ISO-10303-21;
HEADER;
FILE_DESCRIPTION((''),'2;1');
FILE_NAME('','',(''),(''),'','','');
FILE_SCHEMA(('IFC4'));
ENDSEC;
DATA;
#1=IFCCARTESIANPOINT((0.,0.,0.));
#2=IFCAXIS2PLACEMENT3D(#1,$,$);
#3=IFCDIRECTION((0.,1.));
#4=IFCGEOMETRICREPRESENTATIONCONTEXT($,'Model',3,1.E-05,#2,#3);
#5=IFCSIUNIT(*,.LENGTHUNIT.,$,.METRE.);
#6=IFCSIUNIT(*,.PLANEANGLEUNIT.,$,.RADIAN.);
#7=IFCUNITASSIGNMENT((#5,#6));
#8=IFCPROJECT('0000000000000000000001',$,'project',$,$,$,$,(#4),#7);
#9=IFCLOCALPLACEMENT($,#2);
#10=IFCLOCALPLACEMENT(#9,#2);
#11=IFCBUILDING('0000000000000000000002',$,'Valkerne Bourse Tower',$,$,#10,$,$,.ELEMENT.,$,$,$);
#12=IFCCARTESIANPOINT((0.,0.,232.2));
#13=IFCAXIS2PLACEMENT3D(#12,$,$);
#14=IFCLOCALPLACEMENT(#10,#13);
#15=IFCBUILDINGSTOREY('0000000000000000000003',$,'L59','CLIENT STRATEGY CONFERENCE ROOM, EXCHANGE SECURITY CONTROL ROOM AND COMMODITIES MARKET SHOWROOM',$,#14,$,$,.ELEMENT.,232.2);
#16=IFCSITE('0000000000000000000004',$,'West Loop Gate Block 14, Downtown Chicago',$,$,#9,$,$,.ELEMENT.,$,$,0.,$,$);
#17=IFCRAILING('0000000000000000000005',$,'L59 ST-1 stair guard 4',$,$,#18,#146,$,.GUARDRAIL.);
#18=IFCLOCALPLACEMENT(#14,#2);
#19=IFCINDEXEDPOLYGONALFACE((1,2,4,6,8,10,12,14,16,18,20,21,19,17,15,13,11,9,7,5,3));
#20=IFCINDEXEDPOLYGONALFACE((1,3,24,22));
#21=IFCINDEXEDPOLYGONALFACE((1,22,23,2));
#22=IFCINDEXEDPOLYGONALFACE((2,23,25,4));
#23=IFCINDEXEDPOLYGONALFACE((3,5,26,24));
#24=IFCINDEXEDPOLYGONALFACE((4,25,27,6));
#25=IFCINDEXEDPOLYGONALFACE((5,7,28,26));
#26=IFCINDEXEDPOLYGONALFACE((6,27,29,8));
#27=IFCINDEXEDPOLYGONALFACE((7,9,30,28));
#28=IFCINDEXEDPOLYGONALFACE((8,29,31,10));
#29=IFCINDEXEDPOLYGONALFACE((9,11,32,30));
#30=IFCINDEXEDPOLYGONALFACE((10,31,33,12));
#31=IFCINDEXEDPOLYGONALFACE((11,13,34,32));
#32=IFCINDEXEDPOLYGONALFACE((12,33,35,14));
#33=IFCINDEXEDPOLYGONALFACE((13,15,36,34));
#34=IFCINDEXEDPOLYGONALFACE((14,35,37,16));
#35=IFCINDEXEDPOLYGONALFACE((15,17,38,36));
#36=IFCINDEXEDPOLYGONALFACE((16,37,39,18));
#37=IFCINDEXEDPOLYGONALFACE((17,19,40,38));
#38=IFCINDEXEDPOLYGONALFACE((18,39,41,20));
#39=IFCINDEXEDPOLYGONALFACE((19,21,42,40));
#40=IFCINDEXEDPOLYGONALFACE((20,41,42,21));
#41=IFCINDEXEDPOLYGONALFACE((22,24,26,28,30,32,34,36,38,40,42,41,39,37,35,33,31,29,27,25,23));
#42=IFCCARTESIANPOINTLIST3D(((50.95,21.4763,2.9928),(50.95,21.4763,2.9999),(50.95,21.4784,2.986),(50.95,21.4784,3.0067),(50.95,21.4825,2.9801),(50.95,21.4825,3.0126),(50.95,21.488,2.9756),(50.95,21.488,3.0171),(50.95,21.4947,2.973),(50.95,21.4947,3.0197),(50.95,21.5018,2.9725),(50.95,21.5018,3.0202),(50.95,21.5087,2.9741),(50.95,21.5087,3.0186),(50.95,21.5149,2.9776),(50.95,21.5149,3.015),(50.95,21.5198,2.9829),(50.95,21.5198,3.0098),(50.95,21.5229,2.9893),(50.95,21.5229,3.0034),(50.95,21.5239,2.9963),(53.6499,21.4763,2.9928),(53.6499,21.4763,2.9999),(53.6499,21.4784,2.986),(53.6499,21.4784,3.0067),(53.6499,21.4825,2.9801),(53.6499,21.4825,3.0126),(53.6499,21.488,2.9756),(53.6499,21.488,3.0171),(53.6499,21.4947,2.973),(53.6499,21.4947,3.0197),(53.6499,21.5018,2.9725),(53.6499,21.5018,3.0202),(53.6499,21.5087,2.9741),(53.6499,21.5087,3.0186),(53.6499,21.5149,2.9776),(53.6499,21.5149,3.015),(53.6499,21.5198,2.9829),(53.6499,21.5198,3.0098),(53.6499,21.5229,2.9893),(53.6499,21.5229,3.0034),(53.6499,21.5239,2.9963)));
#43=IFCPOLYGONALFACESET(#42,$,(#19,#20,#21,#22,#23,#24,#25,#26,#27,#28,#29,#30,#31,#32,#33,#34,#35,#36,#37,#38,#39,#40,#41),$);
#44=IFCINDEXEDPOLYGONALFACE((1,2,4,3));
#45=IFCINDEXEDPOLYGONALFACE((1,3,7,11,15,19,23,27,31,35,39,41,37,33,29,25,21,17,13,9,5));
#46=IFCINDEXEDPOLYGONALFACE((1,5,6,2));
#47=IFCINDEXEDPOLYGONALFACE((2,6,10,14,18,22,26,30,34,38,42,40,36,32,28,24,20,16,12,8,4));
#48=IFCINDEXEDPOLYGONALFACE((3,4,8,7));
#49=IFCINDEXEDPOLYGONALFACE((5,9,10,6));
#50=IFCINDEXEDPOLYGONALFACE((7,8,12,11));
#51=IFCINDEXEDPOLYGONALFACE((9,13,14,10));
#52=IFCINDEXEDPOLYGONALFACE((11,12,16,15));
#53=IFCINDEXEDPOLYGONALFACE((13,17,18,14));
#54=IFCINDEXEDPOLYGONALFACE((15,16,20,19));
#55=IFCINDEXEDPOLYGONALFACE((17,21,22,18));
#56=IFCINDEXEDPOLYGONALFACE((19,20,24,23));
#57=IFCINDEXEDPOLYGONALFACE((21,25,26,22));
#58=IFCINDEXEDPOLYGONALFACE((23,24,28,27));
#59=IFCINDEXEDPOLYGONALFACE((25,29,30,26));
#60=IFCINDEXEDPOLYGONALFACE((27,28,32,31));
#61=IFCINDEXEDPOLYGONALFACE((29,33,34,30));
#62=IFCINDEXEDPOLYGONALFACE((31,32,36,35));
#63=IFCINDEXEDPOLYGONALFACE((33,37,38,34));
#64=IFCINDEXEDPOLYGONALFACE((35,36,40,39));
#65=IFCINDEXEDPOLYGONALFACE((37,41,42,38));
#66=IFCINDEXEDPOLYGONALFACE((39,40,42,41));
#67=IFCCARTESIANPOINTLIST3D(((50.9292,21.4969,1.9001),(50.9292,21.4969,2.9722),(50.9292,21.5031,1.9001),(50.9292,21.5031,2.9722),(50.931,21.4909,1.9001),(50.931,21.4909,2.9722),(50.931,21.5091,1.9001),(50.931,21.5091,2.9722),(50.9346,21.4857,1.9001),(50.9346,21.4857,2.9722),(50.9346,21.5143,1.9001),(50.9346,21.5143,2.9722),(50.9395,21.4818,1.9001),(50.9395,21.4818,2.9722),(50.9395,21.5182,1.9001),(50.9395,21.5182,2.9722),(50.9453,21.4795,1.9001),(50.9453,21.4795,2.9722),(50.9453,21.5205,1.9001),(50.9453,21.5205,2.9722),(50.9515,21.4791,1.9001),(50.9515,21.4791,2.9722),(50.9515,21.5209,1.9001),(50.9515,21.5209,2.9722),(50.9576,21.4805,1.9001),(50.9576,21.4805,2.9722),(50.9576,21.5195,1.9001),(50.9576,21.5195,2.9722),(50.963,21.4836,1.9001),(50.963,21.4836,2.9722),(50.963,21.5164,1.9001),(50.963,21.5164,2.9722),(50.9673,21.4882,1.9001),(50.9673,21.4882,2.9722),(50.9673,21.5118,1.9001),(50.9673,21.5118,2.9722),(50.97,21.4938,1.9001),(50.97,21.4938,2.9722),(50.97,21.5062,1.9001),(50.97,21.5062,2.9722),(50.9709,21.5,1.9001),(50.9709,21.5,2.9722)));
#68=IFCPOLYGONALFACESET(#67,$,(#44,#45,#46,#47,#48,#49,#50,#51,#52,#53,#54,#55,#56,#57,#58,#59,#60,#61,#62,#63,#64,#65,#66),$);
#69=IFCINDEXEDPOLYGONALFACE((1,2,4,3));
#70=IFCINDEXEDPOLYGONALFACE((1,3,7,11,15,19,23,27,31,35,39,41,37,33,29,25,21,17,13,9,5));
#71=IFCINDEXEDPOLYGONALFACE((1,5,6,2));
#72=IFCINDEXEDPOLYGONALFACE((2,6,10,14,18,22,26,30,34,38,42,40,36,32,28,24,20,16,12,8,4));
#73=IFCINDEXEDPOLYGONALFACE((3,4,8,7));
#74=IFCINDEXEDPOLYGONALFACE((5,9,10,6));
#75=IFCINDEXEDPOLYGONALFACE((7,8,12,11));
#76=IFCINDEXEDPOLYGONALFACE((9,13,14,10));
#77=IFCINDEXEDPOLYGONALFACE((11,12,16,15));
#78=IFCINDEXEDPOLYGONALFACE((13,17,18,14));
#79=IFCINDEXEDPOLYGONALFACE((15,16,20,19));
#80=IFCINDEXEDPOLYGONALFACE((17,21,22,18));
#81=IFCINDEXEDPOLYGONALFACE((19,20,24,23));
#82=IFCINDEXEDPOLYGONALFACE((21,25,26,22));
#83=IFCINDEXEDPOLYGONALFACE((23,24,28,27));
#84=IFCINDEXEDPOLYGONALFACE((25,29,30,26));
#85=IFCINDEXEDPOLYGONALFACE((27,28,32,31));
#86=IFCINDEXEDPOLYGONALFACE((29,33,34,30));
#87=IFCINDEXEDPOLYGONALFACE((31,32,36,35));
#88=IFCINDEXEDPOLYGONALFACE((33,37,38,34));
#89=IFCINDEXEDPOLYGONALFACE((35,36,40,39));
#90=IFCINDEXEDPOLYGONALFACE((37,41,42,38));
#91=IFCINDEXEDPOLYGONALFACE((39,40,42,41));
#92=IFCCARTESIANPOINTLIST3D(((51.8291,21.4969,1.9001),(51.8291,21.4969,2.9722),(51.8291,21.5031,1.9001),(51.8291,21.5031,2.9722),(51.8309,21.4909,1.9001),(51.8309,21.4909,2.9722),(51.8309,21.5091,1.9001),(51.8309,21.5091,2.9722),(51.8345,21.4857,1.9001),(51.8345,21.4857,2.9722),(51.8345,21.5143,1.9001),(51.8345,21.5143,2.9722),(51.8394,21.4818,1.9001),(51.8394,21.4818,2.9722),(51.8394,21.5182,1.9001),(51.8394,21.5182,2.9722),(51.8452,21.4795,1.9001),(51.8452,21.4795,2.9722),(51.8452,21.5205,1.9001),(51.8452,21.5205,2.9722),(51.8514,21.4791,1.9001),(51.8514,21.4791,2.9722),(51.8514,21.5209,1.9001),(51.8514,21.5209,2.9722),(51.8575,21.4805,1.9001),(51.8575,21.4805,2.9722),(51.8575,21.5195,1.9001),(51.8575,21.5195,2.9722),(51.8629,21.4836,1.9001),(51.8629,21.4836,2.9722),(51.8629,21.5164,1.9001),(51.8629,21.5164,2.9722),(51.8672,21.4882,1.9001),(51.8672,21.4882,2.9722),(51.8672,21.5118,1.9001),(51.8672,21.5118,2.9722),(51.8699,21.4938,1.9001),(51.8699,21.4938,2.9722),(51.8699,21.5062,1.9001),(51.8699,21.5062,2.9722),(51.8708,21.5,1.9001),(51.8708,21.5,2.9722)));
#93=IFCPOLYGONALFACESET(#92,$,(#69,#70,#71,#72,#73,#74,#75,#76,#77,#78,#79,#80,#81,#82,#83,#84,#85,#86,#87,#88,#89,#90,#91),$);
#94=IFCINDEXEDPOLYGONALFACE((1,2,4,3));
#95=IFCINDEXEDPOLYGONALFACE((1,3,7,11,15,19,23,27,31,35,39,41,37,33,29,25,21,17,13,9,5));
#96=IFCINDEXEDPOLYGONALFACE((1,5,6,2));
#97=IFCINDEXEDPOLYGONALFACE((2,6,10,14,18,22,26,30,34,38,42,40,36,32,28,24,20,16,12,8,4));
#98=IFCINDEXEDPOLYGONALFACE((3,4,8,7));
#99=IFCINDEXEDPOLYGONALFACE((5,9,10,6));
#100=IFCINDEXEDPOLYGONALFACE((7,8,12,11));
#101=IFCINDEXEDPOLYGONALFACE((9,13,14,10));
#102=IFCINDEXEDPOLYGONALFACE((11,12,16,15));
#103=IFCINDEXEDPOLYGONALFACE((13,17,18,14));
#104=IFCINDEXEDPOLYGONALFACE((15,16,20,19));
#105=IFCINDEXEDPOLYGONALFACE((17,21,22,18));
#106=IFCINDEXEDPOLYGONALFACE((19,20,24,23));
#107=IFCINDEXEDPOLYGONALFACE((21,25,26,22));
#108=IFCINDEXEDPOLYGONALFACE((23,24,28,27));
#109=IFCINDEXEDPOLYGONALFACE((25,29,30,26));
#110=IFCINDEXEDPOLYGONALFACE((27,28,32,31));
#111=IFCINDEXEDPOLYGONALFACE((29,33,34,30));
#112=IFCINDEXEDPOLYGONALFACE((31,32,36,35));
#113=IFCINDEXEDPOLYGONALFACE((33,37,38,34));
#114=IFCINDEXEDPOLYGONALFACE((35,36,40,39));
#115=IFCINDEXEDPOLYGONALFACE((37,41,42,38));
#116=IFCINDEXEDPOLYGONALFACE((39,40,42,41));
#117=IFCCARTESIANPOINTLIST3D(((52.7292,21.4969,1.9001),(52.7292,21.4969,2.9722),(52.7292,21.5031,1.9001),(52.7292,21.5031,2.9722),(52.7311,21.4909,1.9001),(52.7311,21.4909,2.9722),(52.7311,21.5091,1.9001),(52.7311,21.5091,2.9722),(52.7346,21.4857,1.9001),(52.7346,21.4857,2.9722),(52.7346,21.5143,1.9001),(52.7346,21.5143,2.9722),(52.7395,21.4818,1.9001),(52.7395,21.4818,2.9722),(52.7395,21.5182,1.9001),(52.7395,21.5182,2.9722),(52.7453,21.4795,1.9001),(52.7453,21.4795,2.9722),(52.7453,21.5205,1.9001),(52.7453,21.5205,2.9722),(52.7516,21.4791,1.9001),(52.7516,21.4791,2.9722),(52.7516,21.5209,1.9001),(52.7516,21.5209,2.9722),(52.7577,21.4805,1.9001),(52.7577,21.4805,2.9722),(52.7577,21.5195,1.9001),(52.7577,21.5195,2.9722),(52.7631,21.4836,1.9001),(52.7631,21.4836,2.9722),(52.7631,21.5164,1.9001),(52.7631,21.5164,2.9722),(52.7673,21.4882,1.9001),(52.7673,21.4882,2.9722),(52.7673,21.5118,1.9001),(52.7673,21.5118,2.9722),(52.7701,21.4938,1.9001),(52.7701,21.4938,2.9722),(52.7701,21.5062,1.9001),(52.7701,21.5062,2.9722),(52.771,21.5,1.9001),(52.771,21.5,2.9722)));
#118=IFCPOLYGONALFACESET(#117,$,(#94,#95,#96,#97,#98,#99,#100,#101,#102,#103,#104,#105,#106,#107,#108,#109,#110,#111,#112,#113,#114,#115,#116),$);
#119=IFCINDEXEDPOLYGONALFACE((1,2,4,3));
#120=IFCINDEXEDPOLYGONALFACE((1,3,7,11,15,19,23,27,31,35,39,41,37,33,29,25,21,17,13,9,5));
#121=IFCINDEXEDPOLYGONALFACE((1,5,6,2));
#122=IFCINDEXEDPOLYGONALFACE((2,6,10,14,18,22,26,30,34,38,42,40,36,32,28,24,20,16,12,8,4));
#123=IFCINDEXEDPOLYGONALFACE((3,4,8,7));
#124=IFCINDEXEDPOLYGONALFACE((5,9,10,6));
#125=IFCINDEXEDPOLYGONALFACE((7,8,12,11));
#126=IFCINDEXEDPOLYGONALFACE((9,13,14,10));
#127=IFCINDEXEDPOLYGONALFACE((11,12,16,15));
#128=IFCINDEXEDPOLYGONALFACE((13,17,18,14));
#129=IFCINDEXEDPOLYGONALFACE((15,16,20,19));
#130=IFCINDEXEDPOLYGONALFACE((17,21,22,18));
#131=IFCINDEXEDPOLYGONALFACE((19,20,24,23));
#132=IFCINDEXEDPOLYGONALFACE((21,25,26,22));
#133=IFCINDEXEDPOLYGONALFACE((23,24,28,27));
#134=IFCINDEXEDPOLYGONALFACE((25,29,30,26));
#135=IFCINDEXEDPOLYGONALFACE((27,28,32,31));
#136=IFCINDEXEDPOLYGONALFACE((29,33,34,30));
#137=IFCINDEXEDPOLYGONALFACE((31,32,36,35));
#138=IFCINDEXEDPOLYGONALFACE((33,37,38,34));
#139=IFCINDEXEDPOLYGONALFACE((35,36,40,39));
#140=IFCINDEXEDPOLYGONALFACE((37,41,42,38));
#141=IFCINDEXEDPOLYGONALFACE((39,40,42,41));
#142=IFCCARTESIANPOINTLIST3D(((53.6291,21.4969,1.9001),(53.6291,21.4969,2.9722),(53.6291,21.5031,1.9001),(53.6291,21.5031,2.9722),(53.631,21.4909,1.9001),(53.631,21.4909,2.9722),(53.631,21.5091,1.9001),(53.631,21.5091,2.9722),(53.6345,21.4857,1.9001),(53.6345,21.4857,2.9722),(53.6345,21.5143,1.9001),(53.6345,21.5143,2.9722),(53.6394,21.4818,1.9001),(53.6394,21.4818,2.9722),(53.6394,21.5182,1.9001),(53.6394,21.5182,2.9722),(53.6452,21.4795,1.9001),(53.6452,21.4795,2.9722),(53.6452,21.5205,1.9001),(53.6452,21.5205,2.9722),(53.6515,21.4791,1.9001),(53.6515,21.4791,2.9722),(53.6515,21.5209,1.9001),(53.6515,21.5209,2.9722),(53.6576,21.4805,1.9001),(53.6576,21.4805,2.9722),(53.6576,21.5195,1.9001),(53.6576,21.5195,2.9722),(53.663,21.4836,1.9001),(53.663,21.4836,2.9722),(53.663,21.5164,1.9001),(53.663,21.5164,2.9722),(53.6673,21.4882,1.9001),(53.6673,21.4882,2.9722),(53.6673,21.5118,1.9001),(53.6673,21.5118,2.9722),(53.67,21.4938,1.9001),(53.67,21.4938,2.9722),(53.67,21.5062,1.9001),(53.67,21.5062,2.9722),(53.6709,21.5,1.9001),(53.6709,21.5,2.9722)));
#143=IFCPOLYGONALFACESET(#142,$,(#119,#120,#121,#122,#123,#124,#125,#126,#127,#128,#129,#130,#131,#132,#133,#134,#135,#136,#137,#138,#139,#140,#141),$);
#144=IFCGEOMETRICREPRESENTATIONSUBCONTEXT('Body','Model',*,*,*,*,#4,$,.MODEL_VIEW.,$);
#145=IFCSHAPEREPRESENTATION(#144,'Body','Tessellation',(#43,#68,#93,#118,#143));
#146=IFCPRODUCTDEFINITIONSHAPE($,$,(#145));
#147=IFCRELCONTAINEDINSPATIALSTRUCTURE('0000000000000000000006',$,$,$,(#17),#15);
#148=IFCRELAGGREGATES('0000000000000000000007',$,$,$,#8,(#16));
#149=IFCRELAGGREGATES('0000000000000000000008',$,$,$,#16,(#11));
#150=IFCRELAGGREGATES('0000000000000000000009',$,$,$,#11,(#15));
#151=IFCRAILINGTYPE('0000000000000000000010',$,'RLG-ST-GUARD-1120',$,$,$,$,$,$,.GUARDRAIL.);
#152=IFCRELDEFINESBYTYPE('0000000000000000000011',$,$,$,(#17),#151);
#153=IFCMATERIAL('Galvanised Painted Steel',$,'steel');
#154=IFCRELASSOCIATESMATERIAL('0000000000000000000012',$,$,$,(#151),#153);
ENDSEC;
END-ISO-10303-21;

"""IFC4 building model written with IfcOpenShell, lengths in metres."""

from ifc_helpers import new_model, si_unit, direction, frame, origin, origin_2d, place, context, subcontext, project, spatial, circle, extrude, material, type_object, element, save


model = new_model("IFC4")

# Units and contexts
model_context = context("Model", 3, precision=1e-05, world=origin(), true_north=direction((0.0, 1.0)))
body_context = subcontext(model_context, "Body", "Model", "MODEL_VIEW")
ifc_project = project(units=[si_unit("LENGTHUNIT", "METRE"), si_unit("PLANEANGLEUNIT", "RADIAN")], contexts=[model_context])

# Site, building, storey
site_placement = place(None, origin())
site = spatial("IfcSite", under=ifc_project, at=site_placement, Name="West Loop Gate Block 14, Downtown Chicago", CompositionType="ELEMENT", RefElevation=0.0)
building_placement = place(site_placement, origin())
building = spatial("IfcBuilding", under=site, at=building_placement, Name="Valkerne Bourse Tower", CompositionType="ELEMENT")
storey_placement = place(building_placement, frame((0.0, 0.0, 232.2)))
storey = spatial("IfcBuildingStorey", under=building, at=storey_placement, Name="L59", Description="CLIENT STRATEGY CONFERENCE ROOM, EXCHANGE SECURITY CONTROL ROOM AND COMMODITIES MARKET SHOWROOM", CompositionType="ELEMENT", Elevation=232.2)

# Shared definitions
ifc_material_1 = material(Name="Galvanised Painted Steel", Category="steel")

# Railing
railing_type_1 = type_object("IfcRailingType", Name="RLG-ST-GUARD-1120", PredefinedType="GUARDRAIL", material=ifc_material_1)
for number, where, name in (
    (1, (50.95, 21.5, 1.9001), "L59 ST-1 stair guard 4"),
):
    element("IfcRailing", number, at=place(storey_placement, frame(where)), inside=storey, type_object=railing_type_1, Name=name, PredefinedType="GUARDRAIL", context=body_context, shape_type="SweptSolid", body=[
        extrude(circle(Radius=0.0239, at=origin_2d()), frame((0.0, 0.0, 1.0962), z_axis=(1.0, 0.0, 0.0), x_axis=(0.0, 1.0, 0.0)), (0.0, 0.0, 1.0), 2.7),
        extrude(circle(Radius=0.021, at=origin_2d()), origin(), (0.0, 0.0, 1.0), 1.072),
        extrude(circle(Radius=0.021, at=origin_2d()), frame((0.8999, 0.0, 0.0)), (0.0, 0.0, 1.0), 1.072),
        extrude(circle(Radius=0.021, at=origin_2d()), frame((1.8, 0.0, 0.0)), (0.0, 0.0, 1.0), 1.072),
        extrude(circle(Radius=0.021, at=origin_2d()), frame((2.7, 0.0, 0.0)), (0.0, 0.0, 1.0), 1.072),
    ])

save(model, "model.ifc")
